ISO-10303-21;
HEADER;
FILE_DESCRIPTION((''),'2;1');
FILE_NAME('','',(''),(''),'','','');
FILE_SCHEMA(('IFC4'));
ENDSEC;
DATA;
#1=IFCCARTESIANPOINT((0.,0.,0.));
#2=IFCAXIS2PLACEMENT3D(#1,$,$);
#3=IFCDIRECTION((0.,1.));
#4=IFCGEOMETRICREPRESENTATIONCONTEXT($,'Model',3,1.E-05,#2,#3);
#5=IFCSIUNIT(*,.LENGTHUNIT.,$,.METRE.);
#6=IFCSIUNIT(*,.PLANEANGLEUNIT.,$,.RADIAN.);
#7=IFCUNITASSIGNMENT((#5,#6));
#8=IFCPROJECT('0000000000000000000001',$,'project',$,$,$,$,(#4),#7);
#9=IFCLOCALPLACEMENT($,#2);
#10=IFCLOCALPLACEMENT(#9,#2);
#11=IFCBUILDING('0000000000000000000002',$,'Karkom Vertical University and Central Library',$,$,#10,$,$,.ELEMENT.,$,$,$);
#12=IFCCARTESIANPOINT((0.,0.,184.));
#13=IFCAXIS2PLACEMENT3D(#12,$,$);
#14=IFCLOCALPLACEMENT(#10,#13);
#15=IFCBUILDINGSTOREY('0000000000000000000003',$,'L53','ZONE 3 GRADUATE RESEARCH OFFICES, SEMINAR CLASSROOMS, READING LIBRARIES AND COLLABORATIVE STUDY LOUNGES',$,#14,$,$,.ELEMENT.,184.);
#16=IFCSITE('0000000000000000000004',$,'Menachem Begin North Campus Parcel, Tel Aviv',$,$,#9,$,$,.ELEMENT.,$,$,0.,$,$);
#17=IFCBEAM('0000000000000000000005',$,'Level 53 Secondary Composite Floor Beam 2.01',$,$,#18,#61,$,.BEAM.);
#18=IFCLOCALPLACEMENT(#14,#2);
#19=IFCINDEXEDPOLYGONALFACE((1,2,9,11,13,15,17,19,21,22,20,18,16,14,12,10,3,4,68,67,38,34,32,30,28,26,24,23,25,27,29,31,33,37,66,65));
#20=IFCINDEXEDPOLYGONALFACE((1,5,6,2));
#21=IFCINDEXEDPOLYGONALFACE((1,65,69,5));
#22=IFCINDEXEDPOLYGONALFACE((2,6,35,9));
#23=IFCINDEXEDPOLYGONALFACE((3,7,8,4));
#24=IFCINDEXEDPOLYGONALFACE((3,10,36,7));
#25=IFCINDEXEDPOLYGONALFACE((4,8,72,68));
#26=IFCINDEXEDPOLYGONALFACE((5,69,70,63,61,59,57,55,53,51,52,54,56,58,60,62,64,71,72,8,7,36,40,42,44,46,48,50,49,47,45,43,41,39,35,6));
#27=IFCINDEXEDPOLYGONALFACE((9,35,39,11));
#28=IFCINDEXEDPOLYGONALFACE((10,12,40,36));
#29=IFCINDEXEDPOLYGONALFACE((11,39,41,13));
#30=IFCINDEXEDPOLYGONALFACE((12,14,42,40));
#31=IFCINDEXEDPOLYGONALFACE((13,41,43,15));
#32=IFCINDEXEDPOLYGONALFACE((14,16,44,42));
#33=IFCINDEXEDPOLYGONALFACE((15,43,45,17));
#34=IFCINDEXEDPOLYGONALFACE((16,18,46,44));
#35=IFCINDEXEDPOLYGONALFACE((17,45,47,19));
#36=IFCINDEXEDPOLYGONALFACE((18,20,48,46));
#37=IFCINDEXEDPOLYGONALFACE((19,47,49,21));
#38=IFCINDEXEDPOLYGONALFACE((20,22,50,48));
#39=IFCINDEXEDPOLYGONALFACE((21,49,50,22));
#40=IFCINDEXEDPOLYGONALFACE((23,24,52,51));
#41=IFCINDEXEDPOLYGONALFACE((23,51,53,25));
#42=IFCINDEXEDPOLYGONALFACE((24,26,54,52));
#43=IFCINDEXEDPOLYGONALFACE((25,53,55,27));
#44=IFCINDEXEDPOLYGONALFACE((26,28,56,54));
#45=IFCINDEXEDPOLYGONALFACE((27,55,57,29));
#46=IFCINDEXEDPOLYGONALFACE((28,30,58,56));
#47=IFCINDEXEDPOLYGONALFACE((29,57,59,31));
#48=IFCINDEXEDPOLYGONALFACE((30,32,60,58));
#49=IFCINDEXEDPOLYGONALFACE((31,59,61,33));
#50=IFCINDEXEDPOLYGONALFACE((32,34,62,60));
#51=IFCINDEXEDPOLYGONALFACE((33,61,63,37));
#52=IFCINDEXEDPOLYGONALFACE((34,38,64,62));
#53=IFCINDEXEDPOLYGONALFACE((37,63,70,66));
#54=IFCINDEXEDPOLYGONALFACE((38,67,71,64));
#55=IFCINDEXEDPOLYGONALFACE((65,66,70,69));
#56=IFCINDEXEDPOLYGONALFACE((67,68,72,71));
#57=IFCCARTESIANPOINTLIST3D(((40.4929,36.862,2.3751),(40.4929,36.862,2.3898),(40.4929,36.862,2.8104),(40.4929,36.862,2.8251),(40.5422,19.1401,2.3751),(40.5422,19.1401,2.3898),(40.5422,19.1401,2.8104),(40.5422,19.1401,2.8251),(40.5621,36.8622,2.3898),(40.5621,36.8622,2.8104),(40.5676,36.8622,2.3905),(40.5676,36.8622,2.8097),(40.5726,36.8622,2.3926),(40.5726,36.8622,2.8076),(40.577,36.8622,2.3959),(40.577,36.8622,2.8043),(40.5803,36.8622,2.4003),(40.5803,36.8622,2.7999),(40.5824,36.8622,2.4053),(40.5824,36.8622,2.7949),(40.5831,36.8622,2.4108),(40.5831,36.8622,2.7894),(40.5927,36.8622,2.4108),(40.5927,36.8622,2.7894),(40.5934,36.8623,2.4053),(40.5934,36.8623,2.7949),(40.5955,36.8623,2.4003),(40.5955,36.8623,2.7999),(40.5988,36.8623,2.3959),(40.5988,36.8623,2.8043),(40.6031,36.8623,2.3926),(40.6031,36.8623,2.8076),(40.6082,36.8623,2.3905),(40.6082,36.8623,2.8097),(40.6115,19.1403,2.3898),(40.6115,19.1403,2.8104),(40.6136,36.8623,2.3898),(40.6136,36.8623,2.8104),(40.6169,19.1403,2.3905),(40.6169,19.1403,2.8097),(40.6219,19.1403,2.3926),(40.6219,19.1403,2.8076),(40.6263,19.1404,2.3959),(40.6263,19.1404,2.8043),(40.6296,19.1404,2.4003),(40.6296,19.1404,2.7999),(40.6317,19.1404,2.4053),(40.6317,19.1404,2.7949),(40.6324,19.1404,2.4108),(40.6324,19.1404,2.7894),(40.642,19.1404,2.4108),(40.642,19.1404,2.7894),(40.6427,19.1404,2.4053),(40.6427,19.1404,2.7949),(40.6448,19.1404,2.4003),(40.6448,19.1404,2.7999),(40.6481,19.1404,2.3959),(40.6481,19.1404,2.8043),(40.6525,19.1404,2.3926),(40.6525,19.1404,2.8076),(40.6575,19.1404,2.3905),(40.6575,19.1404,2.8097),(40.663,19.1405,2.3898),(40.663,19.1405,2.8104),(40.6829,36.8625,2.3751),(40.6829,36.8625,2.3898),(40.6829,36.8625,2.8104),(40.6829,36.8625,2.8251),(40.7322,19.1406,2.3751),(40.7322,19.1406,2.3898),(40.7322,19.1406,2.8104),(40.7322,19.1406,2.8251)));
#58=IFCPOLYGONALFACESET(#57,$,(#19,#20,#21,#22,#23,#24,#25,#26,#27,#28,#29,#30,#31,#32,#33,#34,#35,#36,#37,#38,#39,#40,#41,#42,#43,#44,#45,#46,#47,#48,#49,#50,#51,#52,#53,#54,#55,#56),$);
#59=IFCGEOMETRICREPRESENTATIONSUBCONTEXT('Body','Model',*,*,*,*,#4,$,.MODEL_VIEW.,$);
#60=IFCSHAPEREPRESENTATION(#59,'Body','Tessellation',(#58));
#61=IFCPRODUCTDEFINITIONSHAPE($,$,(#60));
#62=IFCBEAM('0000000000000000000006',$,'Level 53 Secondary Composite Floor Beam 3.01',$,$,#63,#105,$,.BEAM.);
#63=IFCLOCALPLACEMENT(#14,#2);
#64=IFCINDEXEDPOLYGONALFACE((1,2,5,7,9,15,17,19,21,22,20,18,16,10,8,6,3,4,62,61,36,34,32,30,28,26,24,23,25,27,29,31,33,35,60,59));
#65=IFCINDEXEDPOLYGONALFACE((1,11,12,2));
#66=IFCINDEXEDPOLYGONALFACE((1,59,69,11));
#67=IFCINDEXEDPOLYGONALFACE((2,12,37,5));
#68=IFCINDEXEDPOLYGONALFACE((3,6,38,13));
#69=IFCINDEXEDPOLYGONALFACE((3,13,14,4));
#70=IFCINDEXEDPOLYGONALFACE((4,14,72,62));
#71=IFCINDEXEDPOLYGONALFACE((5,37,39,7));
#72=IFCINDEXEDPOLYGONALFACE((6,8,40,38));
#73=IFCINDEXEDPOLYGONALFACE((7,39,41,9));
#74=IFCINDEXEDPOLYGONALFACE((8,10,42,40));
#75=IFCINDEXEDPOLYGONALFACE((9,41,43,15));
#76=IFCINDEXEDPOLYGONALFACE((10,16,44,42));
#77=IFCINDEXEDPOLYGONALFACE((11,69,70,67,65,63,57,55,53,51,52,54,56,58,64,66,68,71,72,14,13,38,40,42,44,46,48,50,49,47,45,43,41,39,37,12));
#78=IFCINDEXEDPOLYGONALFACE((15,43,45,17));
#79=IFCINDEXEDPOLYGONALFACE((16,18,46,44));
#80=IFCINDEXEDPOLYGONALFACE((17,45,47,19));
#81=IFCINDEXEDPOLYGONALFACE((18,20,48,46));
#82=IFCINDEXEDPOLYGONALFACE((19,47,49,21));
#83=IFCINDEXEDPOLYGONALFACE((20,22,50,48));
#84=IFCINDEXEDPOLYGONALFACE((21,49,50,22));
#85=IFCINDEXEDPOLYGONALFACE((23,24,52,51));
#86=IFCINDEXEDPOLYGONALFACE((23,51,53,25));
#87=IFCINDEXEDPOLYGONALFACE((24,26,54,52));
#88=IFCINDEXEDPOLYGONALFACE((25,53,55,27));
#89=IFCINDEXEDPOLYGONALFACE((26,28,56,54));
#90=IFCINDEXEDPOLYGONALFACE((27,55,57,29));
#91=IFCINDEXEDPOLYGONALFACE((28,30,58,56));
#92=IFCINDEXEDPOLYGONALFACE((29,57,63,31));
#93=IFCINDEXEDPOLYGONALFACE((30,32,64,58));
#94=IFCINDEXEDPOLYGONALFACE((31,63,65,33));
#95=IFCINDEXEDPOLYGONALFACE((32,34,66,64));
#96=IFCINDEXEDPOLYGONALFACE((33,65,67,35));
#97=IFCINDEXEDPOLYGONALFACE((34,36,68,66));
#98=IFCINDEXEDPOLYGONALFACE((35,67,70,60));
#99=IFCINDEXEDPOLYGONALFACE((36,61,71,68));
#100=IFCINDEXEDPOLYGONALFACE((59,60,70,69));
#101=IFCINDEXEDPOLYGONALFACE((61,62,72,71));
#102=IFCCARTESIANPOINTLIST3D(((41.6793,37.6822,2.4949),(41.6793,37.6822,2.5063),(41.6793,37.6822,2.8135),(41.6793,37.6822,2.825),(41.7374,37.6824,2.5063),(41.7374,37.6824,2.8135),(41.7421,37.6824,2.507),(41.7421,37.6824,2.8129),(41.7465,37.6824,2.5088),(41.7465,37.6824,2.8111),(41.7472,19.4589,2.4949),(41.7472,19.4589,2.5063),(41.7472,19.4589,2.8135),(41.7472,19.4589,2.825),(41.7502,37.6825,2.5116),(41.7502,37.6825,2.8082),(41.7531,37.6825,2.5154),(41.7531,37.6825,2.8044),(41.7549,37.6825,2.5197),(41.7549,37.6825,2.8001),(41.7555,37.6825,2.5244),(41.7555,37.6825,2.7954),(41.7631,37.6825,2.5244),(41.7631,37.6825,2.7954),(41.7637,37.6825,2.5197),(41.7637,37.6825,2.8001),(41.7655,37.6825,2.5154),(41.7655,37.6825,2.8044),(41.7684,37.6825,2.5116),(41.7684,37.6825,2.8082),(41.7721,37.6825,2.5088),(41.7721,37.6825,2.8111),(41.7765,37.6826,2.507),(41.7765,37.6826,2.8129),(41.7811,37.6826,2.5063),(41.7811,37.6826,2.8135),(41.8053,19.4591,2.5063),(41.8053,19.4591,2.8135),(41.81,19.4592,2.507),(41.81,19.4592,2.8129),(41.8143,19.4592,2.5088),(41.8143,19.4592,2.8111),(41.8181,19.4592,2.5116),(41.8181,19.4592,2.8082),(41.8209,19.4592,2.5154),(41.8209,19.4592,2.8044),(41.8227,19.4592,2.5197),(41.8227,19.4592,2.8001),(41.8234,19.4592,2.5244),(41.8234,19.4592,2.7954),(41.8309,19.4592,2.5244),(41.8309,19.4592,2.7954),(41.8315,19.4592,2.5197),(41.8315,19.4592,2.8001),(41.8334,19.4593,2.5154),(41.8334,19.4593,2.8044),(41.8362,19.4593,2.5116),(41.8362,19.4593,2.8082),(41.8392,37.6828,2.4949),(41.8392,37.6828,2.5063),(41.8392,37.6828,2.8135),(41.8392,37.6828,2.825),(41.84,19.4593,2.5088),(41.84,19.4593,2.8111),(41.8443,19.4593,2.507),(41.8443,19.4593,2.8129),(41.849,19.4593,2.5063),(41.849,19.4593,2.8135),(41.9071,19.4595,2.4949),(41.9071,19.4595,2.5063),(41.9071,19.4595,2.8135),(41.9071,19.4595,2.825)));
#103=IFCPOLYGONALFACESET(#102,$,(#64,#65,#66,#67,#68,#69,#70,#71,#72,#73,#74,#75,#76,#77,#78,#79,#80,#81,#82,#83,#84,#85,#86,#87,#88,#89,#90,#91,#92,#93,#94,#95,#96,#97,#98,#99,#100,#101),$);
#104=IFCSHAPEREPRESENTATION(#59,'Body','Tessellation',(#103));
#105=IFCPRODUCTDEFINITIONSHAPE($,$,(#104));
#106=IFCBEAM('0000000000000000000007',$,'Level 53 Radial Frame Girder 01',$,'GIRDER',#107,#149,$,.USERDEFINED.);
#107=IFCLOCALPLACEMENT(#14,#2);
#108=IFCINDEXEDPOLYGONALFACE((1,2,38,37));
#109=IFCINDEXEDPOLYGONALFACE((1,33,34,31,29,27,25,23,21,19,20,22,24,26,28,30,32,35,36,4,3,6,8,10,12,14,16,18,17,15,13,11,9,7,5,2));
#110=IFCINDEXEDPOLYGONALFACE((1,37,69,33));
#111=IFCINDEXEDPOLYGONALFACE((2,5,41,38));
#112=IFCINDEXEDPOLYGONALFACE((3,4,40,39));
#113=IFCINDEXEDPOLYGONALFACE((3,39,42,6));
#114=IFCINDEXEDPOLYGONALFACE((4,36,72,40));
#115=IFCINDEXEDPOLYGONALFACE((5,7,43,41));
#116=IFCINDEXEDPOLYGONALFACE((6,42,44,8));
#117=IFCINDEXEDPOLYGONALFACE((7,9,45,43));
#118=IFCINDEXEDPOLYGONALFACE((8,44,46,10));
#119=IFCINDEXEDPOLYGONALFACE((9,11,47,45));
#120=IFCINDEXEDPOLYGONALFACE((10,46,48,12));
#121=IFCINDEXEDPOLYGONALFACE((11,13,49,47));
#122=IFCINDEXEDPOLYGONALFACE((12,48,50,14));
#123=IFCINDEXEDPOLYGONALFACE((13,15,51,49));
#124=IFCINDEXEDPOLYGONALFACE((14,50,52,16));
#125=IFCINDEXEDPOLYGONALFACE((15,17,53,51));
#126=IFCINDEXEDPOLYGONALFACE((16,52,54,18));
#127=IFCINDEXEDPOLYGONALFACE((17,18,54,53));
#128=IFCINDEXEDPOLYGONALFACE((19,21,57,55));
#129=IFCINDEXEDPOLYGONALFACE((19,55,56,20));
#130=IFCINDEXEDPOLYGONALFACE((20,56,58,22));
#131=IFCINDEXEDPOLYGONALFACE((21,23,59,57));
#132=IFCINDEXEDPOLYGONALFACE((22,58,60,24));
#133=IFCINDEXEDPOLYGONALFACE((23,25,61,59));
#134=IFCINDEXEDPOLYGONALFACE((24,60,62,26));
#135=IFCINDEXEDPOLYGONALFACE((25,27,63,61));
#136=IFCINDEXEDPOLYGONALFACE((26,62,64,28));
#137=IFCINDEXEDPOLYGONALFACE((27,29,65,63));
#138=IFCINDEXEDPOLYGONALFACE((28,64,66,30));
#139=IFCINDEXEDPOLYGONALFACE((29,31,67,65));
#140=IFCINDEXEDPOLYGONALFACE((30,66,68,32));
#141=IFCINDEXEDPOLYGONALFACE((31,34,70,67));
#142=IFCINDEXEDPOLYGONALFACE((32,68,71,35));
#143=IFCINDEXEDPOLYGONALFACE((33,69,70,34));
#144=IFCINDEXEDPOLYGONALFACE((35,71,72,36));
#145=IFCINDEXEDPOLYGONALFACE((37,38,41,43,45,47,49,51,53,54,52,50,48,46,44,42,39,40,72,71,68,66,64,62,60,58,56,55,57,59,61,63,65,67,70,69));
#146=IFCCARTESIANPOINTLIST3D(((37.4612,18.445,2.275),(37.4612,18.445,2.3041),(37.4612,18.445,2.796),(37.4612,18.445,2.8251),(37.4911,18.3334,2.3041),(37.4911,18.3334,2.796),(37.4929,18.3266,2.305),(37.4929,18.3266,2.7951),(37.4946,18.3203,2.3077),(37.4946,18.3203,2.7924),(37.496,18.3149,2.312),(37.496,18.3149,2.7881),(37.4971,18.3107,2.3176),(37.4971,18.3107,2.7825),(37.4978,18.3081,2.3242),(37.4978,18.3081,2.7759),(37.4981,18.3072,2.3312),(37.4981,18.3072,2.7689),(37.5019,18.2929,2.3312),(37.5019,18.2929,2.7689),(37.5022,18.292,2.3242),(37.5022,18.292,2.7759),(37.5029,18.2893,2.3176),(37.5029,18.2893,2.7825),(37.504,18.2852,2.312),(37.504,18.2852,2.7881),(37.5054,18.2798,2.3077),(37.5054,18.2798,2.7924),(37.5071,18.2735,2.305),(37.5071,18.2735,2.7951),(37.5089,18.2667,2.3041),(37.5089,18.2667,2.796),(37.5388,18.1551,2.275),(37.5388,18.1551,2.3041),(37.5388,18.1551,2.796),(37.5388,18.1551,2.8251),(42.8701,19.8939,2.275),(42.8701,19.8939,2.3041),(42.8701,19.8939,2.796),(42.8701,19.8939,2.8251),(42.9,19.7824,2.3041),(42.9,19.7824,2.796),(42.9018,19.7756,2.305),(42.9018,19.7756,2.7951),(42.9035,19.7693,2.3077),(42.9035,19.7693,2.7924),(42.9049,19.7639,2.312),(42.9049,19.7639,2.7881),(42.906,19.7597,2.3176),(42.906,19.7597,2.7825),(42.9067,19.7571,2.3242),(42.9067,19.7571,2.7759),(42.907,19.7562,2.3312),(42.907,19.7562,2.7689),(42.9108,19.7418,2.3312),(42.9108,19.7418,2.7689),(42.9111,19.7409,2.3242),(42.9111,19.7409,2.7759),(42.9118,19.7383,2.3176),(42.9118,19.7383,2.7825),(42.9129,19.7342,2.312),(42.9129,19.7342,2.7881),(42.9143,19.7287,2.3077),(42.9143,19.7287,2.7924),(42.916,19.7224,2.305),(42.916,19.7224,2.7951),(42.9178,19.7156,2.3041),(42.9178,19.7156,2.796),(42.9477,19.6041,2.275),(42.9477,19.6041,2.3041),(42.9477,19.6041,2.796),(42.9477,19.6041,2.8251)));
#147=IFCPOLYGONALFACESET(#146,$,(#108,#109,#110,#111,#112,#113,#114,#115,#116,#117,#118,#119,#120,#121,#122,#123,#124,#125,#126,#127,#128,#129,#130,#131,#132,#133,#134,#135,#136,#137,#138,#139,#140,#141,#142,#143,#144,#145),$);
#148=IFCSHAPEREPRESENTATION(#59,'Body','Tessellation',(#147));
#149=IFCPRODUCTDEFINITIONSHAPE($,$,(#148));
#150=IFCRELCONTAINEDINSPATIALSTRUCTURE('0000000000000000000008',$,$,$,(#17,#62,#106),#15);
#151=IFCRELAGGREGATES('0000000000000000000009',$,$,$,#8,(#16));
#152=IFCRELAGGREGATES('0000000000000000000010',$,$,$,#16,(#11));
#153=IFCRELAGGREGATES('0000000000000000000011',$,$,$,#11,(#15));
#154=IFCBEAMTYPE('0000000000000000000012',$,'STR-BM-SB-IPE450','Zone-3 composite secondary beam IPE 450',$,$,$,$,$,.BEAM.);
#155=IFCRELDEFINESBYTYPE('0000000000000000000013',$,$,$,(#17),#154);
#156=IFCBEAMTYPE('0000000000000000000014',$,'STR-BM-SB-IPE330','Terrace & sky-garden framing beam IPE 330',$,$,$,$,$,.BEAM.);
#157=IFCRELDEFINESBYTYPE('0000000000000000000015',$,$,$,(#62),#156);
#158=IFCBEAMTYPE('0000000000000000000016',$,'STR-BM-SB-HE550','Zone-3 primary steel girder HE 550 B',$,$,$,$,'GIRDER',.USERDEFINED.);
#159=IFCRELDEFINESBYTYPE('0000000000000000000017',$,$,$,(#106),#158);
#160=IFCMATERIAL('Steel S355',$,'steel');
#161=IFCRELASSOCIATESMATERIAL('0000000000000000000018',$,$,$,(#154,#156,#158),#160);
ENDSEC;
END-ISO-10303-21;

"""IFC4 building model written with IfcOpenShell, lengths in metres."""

from ifc_helpers import new_model, si_unit, direction, frame, origin, origin_with_axes, origin_2d, place, context, subcontext, project, spatial, i_section, extrude, source, transform, mapped, material, material_profile, profile_set, type_object, element, save


model = new_model("IFC4")

# Units and contexts
model_context = context("Model", 3, precision=1e-05, world=origin(), true_north=direction((0.0, 1.0)))
body_context = subcontext(model_context, "Body", "Model", "MODEL_VIEW")
ifc_project = project(units=[si_unit("LENGTHUNIT", "METRE"), si_unit("PLANEANGLEUNIT", "RADIAN")], contexts=[model_context])

# Site, building, storey
site_placement = place(None, origin())
site = spatial("IfcSite", under=ifc_project, at=site_placement, Name="Menachem Begin North Campus Parcel, Tel Aviv", CompositionType="ELEMENT", RefElevation=0.0)
building_placement = place(site_placement, origin())
building = spatial("IfcBuilding", under=site, at=building_placement, Name="Karkom Vertical University and Central Library", CompositionType="ELEMENT")
storey_placement = place(building_placement, frame((0.0, 0.0, 184.0)))
storey = spatial("IfcBuildingStorey", under=building, at=storey_placement, Name="L53", Description="ZONE 3 GRADUATE RESEARCH OFFICES, SEMINAR CLASSROOMS, READING LIBRARIES AND COLLABORATIVE STUDY LOUNGES", CompositionType="ELEMENT", Elevation=184.0)

# Beams
ifc_material_1 = material(Name="Steel S355", Category="steel")
ifc_material_profile_1 = material_profile(ifc_material_1, i_section(OverallWidth=0.1899, OverallDepth=0.45, WebThickness=0.0095, FlangeThickness=0.0146, FilletRadius=0.021, at=origin_2d()), Name="IPE 450")
ifc_profile_set_1 = profile_set([ifc_material_profile_1], Name="Steel S355")
beam_type_1 = type_object("IfcBeamType", Name="STR-BM-SB-IPE450", Description="Zone-3 composite secondary beam IPE 450", PredefinedType="BEAM", material=ifc_profile_set_1)
shared_shape_1 = source(origin_with_axes(), body_context, "Body", "SweptSolid", [
    extrude(i_section(OverallWidth=0.1899, OverallDepth=0.45, WebThickness=0.0095, FlangeThickness=0.0146, FilletRadius=0.021, at=origin_2d()), origin(), (0.0, 0.0, 1.0), 17.7219),
])
beam_1_placement = place(storey_placement, frame((40.6372, 19.1404, 2.6001), z_axis=(-0.002783, 0.999996, 0.0), x_axis=(-0.999996, -0.002783, 0.0)))
element("IfcBeam", 1, at=beam_1_placement, inside=storey, type_object=beam_type_1, Name="Level 53 Secondary Composite Floor Beam 2.01", PredefinedType="BEAM", context=body_context, shape_type="MappedRepresentation", body=[
    mapped(shared_shape_1, transform((0.0, 0.0, 0.0), scale=1.0)),
])
ifc_material_profile_2 = material_profile(ifc_material_1, i_section(OverallWidth=0.1599, OverallDepth=0.3301, WebThickness=0.0076, FlangeThickness=0.0115, FilletRadius=0.0181, at=origin_2d()), Name="IPE 330")
ifc_profile_set_2 = profile_set([ifc_material_profile_2], Name="Steel S355")
beam_type_2 = type_object("IfcBeamType", Name="STR-BM-SB-IPE330", Description="Terrace & sky-garden framing beam IPE 330", PredefinedType="BEAM", material=ifc_profile_set_2)
shared_shape_2 = source(origin_with_axes(), body_context, "Body", "SweptSolid", [
    extrude(i_section(OverallWidth=0.1599, OverallDepth=0.3301, WebThickness=0.0076, FlangeThickness=0.0115, FilletRadius=0.0181, at=origin_2d()), origin(), (0.0, 0.0, 1.0), 18.2234),
])
beam_2_placement = place(storey_placement, frame((41.8271, 19.4592, 2.6599), z_axis=(-0.003724, 0.999993, 0.0), x_axis=(-0.999993, -0.003724, 0.0)))
element("IfcBeam", 2, at=beam_2_placement, inside=storey, type_object=beam_type_2, Name="Level 53 Secondary Composite Floor Beam 3.01", PredefinedType="BEAM", context=body_context, shape_type="MappedRepresentation", body=[
    mapped(shared_shape_2, transform((0.0, 0.0, 0.0), scale=1.0)),
])
ifc_material_profile_3 = material_profile(ifc_material_1, i_section(OverallWidth=0.3, OverallDepth=0.55, WebThickness=0.0149, FlangeThickness=0.0291, FilletRadius=0.0271, at=origin_2d()), Name="HE 550 B")
ifc_profile_set_3 = profile_set([ifc_material_profile_3], Name="Steel S355")
beam_type_3 = type_object("IfcBeamType", Name="STR-BM-SB-HE550", Description="Zone-3 primary steel girder HE 550 B", ElementType="GIRDER", PredefinedType="USERDEFINED", material=ifc_profile_set_3)
shared_shape_3 = source(origin_with_axes(), body_context, "Body", "SweptSolid", [
    extrude(i_section(OverallWidth=0.3, OverallDepth=0.55, WebThickness=0.0149, FlangeThickness=0.0291, FilletRadius=0.0271, at=origin_2d()), origin(), (0.0, 0.0, 1.0), 5.5996),
])
beam_3_placement = place(storey_placement, frame((37.5, 18.3, 2.55), z_axis=(0.965941, 0.258762, 0.0), x_axis=(-0.258762, 0.965941, 0.0)))
element("IfcBeam", 3, at=beam_3_placement, inside=storey, type_object=beam_type_3, Name="Level 53 Radial Frame Girder 01", ObjectType="GIRDER", PredefinedType="USERDEFINED", context=body_context, shape_type="MappedRepresentation", body=[
    mapped(shared_shape_3, transform((0.0, 0.0, 0.0), scale=1.0)),
])

save(model, "model.ifc")
